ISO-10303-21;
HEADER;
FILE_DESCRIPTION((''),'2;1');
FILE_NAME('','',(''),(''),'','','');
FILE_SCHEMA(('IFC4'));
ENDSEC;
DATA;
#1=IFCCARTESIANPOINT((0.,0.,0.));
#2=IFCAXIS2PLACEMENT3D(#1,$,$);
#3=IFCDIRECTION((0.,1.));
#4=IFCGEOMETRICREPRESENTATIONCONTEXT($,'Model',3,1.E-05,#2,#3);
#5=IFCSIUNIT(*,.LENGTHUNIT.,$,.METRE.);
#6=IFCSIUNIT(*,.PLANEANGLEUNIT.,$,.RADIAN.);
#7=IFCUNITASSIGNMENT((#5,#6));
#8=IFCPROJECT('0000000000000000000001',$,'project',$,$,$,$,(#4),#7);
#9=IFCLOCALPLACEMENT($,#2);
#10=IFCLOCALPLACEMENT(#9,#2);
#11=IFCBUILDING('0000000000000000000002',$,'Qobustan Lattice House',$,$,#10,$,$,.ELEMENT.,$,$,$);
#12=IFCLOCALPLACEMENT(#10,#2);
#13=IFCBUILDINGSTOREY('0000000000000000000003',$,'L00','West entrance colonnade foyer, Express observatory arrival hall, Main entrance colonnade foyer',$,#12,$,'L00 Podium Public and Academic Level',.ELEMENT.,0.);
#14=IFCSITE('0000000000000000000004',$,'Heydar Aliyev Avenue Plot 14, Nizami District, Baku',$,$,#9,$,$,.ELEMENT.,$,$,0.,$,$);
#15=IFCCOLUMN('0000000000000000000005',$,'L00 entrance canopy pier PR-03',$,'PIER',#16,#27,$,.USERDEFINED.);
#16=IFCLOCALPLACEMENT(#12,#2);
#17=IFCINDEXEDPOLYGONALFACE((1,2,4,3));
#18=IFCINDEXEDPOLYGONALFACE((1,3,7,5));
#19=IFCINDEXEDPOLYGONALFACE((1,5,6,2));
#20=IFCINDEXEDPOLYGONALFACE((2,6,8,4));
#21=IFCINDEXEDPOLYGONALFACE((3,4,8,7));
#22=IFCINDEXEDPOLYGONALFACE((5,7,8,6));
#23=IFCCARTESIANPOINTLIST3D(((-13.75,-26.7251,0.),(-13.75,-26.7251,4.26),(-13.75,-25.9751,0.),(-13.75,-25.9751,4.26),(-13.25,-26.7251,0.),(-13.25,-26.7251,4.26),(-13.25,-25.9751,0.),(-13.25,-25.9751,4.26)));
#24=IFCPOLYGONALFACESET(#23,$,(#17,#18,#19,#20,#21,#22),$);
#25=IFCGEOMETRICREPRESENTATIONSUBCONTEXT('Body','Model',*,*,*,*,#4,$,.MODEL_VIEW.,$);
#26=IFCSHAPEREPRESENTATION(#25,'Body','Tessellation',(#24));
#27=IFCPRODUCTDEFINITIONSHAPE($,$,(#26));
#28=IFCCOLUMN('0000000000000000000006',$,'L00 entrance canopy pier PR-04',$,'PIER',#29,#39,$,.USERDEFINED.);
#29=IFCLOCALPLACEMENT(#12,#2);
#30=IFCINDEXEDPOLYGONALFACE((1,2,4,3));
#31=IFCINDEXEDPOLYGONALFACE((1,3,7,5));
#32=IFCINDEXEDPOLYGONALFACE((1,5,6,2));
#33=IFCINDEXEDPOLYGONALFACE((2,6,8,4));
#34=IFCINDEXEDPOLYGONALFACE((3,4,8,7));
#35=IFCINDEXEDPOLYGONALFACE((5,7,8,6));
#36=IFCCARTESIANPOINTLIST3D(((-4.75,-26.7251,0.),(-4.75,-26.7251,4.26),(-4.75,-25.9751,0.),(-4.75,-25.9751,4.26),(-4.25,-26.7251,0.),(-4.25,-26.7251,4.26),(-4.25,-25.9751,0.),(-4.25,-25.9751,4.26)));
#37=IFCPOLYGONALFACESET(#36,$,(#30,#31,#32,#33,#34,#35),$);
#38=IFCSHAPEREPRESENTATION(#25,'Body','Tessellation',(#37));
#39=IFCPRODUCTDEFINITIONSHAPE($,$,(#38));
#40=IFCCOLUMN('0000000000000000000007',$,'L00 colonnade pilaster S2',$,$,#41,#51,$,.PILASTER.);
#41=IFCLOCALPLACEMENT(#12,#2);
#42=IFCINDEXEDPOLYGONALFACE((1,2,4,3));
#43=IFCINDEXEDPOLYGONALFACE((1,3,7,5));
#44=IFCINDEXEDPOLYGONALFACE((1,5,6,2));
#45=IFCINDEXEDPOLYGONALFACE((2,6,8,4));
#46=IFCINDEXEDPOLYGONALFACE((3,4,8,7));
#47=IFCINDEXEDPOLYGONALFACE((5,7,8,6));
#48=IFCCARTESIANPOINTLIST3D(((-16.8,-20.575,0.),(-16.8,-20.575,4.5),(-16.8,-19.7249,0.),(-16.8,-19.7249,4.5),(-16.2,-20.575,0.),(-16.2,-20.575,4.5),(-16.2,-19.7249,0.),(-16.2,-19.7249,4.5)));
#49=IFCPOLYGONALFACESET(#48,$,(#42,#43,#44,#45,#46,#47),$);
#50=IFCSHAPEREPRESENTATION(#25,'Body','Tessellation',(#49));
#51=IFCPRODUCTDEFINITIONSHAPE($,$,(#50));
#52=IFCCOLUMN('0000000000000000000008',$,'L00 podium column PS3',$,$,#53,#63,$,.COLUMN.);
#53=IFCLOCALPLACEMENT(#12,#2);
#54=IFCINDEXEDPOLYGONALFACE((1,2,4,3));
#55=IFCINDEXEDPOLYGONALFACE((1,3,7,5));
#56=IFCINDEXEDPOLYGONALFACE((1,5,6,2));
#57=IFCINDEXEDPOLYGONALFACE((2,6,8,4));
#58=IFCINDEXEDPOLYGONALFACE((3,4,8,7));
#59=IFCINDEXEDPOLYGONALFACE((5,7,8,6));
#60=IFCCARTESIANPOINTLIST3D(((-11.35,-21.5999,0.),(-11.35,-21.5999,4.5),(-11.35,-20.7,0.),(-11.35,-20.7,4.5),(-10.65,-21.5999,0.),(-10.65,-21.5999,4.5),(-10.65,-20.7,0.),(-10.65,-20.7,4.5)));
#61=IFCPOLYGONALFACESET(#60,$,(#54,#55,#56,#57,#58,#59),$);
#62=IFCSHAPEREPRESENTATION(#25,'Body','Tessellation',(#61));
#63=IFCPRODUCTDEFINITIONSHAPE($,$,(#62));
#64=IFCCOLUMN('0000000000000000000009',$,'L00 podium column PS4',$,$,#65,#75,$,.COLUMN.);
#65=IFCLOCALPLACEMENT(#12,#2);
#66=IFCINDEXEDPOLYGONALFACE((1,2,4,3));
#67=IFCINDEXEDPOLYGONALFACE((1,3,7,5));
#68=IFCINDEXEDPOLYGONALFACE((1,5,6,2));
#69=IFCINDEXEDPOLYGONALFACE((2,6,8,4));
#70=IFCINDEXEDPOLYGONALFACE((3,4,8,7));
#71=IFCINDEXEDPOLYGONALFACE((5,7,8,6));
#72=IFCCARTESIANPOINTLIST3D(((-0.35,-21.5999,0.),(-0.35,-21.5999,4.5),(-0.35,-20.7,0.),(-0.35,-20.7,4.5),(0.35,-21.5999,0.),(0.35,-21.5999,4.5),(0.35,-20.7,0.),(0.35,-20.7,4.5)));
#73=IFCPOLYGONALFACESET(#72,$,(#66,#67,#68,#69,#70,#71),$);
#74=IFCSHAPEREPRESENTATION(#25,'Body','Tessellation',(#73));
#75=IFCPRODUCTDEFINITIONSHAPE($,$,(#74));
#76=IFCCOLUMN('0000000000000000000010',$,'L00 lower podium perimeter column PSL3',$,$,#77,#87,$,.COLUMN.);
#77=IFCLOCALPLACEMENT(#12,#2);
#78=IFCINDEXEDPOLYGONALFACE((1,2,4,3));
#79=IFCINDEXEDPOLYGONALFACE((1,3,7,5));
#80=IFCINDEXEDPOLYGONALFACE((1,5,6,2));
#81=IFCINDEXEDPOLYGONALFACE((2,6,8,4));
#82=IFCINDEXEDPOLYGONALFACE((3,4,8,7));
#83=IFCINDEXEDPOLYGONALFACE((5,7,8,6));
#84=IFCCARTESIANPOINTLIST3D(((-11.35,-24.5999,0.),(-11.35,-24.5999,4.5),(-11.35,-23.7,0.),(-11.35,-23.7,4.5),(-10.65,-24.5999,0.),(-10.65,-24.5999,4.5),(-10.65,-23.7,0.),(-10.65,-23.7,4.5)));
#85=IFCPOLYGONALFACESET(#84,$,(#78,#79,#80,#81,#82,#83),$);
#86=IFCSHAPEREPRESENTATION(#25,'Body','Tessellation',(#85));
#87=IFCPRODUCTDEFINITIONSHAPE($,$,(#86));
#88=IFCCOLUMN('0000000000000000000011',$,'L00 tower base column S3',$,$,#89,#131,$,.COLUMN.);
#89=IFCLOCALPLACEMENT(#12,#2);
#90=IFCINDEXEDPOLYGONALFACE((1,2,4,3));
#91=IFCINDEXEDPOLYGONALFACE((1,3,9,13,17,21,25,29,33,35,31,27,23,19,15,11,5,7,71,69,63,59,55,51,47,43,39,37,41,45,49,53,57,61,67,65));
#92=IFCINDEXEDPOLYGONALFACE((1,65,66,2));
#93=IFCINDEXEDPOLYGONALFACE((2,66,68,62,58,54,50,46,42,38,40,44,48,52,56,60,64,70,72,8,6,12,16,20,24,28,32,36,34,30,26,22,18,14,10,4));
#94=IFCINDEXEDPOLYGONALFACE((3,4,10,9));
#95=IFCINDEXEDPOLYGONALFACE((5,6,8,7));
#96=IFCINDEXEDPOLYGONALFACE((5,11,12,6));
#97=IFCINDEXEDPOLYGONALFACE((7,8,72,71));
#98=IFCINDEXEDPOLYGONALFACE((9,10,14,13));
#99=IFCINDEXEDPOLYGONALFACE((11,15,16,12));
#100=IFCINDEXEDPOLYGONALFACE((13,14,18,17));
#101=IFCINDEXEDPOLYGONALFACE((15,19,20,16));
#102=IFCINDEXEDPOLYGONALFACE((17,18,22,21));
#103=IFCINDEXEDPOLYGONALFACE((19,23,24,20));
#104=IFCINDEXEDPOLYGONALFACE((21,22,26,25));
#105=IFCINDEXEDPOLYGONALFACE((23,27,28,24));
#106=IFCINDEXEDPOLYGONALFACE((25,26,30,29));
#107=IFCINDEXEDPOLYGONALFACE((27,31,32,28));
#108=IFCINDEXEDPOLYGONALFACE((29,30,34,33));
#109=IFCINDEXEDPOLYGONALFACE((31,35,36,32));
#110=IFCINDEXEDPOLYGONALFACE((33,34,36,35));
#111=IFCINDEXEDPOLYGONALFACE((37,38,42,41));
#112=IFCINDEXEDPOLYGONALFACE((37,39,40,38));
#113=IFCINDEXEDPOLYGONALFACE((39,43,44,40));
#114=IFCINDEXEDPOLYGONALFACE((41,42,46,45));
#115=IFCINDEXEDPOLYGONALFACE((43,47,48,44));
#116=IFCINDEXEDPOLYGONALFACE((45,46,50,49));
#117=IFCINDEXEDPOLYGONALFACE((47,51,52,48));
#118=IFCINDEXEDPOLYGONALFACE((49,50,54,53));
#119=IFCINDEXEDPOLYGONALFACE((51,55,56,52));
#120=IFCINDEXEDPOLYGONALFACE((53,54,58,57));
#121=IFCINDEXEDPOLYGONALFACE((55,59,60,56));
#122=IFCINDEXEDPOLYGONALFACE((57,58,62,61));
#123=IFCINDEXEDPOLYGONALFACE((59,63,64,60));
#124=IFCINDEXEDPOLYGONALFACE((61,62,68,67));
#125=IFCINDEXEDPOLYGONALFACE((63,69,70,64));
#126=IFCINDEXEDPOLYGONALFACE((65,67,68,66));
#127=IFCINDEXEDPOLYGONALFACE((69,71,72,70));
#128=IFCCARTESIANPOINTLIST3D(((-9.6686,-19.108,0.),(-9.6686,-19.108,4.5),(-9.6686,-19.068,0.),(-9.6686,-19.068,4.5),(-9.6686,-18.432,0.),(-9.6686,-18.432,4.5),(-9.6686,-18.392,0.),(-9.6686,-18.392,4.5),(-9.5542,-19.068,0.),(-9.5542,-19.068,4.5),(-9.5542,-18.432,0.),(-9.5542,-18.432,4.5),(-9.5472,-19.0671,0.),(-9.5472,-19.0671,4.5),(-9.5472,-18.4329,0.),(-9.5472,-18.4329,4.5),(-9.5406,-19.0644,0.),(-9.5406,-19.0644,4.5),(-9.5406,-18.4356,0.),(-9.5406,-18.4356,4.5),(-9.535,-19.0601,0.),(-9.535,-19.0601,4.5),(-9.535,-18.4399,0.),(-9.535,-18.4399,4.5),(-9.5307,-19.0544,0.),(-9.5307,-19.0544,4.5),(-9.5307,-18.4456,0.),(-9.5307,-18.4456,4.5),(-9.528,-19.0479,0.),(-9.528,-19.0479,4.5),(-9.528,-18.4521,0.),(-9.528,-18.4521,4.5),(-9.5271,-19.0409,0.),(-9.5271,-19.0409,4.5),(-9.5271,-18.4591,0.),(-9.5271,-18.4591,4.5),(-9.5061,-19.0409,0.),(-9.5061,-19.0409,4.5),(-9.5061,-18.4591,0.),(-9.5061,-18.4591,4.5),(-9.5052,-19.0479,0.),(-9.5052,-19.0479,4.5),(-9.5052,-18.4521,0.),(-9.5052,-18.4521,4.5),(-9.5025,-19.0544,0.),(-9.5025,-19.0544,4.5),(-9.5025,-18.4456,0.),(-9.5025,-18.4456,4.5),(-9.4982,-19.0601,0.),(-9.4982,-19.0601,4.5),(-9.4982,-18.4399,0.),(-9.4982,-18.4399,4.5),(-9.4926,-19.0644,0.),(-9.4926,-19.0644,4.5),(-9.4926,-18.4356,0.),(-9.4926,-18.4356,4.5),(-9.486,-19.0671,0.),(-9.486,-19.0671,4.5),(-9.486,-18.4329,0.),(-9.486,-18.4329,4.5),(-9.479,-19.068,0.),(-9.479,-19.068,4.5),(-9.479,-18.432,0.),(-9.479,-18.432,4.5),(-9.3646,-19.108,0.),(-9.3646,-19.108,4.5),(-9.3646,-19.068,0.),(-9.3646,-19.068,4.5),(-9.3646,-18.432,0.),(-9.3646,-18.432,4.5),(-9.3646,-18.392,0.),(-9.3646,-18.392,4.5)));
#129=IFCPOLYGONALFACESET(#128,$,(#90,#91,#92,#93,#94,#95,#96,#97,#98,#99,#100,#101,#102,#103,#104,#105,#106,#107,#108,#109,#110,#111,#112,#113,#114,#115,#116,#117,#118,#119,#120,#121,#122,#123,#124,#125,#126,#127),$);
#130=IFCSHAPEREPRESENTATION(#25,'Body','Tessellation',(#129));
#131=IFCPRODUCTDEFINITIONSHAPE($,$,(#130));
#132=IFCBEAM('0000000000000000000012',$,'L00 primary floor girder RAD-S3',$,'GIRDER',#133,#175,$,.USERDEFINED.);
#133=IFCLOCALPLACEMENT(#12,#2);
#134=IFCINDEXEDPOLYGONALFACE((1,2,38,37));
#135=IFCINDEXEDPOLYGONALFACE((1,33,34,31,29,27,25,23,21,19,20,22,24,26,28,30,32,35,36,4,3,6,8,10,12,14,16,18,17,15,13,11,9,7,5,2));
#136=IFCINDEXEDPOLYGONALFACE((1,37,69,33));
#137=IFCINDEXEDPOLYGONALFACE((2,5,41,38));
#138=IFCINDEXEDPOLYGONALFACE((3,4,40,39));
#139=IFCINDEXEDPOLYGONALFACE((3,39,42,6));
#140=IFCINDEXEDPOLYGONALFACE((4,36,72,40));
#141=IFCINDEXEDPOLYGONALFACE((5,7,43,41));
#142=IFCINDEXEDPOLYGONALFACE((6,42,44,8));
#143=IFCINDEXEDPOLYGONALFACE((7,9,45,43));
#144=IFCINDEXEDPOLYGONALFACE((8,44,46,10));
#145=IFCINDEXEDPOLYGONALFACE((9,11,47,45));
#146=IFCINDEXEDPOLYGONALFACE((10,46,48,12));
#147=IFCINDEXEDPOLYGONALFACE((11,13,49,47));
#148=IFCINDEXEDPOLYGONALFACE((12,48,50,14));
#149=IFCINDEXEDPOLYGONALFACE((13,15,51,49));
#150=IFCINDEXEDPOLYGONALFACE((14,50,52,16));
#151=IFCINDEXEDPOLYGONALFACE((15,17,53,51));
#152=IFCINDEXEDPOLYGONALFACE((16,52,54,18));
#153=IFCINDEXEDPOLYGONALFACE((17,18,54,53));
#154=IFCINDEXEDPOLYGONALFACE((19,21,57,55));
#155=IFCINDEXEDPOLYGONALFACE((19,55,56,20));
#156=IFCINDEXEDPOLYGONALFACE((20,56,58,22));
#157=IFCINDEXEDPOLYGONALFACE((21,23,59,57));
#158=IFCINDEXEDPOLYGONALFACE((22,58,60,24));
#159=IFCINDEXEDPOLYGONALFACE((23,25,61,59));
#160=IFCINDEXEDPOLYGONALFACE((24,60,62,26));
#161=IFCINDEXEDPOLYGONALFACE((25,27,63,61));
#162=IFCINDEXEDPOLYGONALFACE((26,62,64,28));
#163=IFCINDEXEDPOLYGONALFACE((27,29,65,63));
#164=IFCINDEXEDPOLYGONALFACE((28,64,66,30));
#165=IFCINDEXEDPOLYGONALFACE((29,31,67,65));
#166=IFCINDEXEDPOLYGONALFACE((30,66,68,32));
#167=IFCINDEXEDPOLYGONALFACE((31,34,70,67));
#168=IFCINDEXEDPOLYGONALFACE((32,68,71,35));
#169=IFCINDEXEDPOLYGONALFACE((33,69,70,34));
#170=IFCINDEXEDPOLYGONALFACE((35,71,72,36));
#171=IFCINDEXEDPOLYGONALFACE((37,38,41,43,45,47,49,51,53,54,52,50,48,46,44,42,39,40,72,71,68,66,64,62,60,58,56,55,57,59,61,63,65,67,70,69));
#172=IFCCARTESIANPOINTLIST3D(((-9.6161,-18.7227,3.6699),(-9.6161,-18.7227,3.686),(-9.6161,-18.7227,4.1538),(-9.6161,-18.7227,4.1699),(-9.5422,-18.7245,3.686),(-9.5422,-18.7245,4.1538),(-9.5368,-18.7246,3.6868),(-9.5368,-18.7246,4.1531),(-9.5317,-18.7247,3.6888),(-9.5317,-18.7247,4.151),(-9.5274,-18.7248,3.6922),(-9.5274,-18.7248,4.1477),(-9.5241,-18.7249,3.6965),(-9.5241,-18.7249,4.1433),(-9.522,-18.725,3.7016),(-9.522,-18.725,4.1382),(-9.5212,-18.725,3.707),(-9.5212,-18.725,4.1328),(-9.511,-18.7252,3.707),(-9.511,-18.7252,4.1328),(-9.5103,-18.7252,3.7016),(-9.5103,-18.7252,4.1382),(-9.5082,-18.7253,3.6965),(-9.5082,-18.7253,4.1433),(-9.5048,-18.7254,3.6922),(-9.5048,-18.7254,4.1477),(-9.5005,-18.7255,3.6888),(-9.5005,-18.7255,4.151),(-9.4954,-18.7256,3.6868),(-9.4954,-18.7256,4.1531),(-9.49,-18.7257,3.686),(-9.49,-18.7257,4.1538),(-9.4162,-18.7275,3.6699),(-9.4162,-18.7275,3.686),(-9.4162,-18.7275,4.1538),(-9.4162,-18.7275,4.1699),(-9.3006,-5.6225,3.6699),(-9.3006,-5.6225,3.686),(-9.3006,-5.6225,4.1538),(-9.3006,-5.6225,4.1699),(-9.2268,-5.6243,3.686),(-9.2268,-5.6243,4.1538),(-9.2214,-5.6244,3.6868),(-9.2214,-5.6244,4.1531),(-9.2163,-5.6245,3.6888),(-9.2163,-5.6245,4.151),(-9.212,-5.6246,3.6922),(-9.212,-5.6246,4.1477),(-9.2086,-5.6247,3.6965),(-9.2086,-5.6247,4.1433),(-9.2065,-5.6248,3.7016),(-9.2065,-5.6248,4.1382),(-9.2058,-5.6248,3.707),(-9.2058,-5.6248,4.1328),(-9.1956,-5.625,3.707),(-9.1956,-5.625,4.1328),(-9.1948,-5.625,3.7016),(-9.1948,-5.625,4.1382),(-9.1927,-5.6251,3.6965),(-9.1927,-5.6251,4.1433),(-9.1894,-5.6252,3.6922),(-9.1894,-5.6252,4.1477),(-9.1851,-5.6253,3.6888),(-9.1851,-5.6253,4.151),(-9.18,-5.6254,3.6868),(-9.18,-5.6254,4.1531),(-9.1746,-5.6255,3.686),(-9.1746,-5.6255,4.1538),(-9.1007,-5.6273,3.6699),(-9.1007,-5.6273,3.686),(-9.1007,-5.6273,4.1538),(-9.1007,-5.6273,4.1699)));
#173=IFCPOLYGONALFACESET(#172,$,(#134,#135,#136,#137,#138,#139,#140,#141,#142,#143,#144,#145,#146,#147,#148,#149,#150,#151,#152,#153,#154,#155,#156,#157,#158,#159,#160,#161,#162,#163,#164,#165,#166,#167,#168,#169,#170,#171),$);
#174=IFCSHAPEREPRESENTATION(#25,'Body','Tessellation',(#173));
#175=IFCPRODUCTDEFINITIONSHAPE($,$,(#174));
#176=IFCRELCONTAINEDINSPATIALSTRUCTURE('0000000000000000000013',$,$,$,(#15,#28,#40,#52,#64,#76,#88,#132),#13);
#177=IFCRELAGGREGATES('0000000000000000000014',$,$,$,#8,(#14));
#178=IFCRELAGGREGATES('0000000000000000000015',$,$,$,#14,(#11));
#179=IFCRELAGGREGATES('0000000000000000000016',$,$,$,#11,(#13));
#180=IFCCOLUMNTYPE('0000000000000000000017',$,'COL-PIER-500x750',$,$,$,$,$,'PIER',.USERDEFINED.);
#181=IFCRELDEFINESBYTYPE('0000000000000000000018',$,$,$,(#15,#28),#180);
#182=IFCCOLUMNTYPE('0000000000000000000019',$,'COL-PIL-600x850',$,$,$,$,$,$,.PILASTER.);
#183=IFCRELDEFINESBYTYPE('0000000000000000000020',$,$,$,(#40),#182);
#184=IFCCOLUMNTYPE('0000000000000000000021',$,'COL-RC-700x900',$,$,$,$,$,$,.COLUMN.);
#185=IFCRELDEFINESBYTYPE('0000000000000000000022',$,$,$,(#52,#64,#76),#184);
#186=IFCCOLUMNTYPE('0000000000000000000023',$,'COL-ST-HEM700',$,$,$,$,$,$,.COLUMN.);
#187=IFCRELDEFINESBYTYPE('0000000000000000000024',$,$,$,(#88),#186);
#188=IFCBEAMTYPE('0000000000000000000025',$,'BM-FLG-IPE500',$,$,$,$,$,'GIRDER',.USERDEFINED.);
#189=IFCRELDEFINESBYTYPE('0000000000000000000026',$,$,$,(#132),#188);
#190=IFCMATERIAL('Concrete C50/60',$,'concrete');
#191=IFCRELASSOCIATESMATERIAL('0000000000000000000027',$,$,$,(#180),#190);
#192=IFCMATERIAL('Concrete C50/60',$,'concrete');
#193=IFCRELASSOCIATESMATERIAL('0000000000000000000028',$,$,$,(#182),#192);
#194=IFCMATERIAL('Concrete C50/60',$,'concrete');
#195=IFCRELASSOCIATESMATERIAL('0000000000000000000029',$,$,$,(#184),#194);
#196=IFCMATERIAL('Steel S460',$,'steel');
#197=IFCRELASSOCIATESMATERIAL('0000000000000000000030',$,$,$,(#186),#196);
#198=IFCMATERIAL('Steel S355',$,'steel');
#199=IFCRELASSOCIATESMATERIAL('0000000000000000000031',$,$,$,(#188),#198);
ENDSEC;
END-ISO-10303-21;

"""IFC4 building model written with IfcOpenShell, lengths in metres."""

from ifc_helpers import new_model, si_unit, direction, frame, origin, origin_2d, place, context, subcontext, project, spatial, rectangle, i_section, extrude, material, material_profile, profile_set, type_object, element, save


model = new_model("IFC4")

# Units and contexts
model_context = context("Model", 3, precision=1e-05, world=origin(), true_north=direction((0.0, 1.0)))
body_context = subcontext(model_context, "Body", "Model", "MODEL_VIEW")
ifc_project = project(units=[si_unit("LENGTHUNIT", "METRE"), si_unit("PLANEANGLEUNIT", "RADIAN")], contexts=[model_context])

# Site, building, storey
site_placement = place(None, origin())
site = spatial("IfcSite", under=ifc_project, at=site_placement, Name="Heydar Aliyev Avenue Plot 14, Nizami District, Baku", CompositionType="ELEMENT", RefElevation=0.0)
building_placement = place(site_placement, origin())
building = spatial("IfcBuilding", under=site, at=building_placement, Name="Qobustan Lattice House", CompositionType="ELEMENT")
storey_placement = place(building_placement, origin())
storey = spatial("IfcBuildingStorey", under=building, at=storey_placement, Name="L00", Description="West entrance colonnade foyer, Express observatory arrival hall, Main entrance colonnade foyer", LongName="L00 Podium Public and Academic Level", CompositionType="ELEMENT", Elevation=0.0)

# Columns
ifc_material_1 = material(Name="Concrete C50/60", Category="concrete")
ifc_material_profile_1 = material_profile(ifc_material_1, rectangle(XDim=0.5, YDim=0.75, at=origin_2d()), Name="RC500x750")
ifc_profile_set_1 = profile_set([ifc_material_profile_1], Name="Concrete C50/60")
column_type_1 = type_object("IfcColumnType", Name="COL-PIER-500x750", ElementType="PIER", PredefinedType="USERDEFINED", material=ifc_profile_set_1)
for number, where, z_axis, x_axis, name in (
    (1, (-13.5, -26.3501, 0.0), (0.0, 0.0, 1.0), (1.0, 0.0, 0.0), "L00 entrance canopy pier PR-03"),
    (2, (-4.5, -26.3501, 0.0), (0.0, 0.0, 1.0), (1.0, 0.0, 0.0), "L00 entrance canopy pier PR-04"),
):
    element("IfcColumn", number, at=place(storey_placement, frame(where, z_axis=z_axis, x_axis=x_axis)), inside=storey, type_object=column_type_1, Name=name, ObjectType="PIER", PredefinedType="USERDEFINED", context=body_context, shape_type="SweptSolid", body=[
        extrude(rectangle(XDim=0.5, YDim=0.75, at=origin_2d()), origin(), (0.0, 0.0, 1.0), 4.26),
    ])
ifc_material_2 = material(Name="Concrete C50/60", Category="concrete")
ifc_material_profile_2 = material_profile(ifc_material_2, rectangle(XDim=0.6001, YDim=0.8501, at=origin_2d()), Name="RC600x850")
ifc_profile_set_2 = profile_set([ifc_material_profile_2], Name="Concrete C50/60")
column_type_2 = type_object("IfcColumnType", Name="COL-PIL-600x850", PredefinedType="PILASTER", material=ifc_profile_set_2)
column_1_placement = place(storey_placement, frame((-16.5, -20.1499, 0.0), z_axis=(0.0, 0.0, 1.0), x_axis=(1.0, 0.0, 0.0)))
element("IfcColumn", 3, at=column_1_placement, inside=storey, type_object=column_type_2, Name="L00 colonnade pilaster S2", PredefinedType="PILASTER", context=body_context, shape_type="SweptSolid", body=[
    extrude(rectangle(XDim=0.6001, YDim=0.8501, at=origin_2d()), origin(), (0.0, 0.0, 1.0), 4.5),
])
ifc_material_3 = material(Name="Concrete C50/60", Category="concrete")
ifc_material_profile_3 = material_profile(ifc_material_3, rectangle(XDim=0.7, YDim=0.8999, at=origin_2d()), Name="RC700x900")
ifc_profile_set_3 = profile_set([ifc_material_profile_3], Name="Concrete C50/60")
column_type_3 = type_object("IfcColumnType", Name="COL-RC-700x900", PredefinedType="COLUMN", material=ifc_profile_set_3)
for number, where, z_axis, x_axis, name in (
    (4, (-11.0, -21.1499, 0.0), (0.0, 0.0, 1.0), (1.0, 0.0, 0.0), "L00 podium column PS3"),
    (5, (0.0, -21.1499, 0.0), (0.0, 0.0, 1.0), (1.0, 0.0, 0.0), "L00 podium column PS4"),
    (6, (-11.0, -24.1499, 0.0), (0.0, 0.0, 1.0), (1.0, 0.0, 0.0), "L00 lower podium perimeter column PSL3"),
):
    element("IfcColumn", number, at=place(storey_placement, frame(where, z_axis=z_axis, x_axis=x_axis)), inside=storey, type_object=column_type_3, Name=name, PredefinedType="COLUMN", context=body_context, shape_type="SweptSolid", body=[
        extrude(rectangle(XDim=0.7, YDim=0.8999, at=origin_2d()), origin(), (0.0, 0.0, 1.0), 4.5),
    ])
ifc_material_4 = material(Name="Steel S460", Category="steel")
ifc_material_profile_4 = material_profile(ifc_material_4, i_section(OverallWidth=0.304, OverallDepth=0.7161, WebThickness=0.021, FlangeThickness=0.04, FilletRadius=0.0271, at=origin_2d()), Name="HEM700")
ifc_profile_set_4 = profile_set([ifc_material_profile_4], Name="Steel S460")
column_type_4 = type_object("IfcColumnType", Name="COL-ST-HEM700", PredefinedType="COLUMN", material=ifc_profile_set_4)
column_2_placement = place(storey_placement, frame((-9.5166, -18.75, 0.0), z_axis=(0.0, 0.0, 1.0), x_axis=(1.0, 0.0, 0.0)))
element("IfcColumn", 7, at=column_2_placement, inside=storey, type_object=column_type_4, Name="L00 tower base column S3", PredefinedType="COLUMN", context=body_context, shape_type="SweptSolid", body=[
    extrude(i_section(OverallWidth=0.304, OverallDepth=0.7161, WebThickness=0.021, FlangeThickness=0.04, FilletRadius=0.0271, at=origin_2d()), origin(), (0.0, 0.0, 1.0), 4.5),
])

# Beam
ifc_material_5 = material(Name="Steel S355", Category="steel")
ifc_material_profile_5 = material_profile(ifc_material_5, i_section(OverallWidth=0.2, OverallDepth=0.5, WebThickness=0.0103, FlangeThickness=0.0161, FilletRadius=0.021, at=origin_2d()), Name="IPE500")
ifc_profile_set_5 = profile_set([ifc_material_profile_5], Name="Steel S355")
beam_type_1 = type_object("IfcBeamType", Name="BM-FLG-IPE500", ElementType="GIRDER", PredefinedType="USERDEFINED", material=ifc_profile_set_5)
beam_1_placement = place(storey_placement, frame((-9.5161, -18.7251, 3.9199), z_axis=(0.024071, 0.99971, 0.0), x_axis=(-0.99971, 0.024071, 0.0)))
element("IfcBeam", 8, at=beam_1_placement, inside=storey, type_object=beam_type_1, Name="L00 primary floor girder RAD-S3", ObjectType="GIRDER", PredefinedType="USERDEFINED", context=body_context, shape_type="SweptSolid", body=[
    extrude(i_section(OverallWidth=0.2, OverallDepth=0.5, WebThickness=0.0103, FlangeThickness=0.0161, FilletRadius=0.021, at=origin_2d()), origin(), (0.0, 0.0, 1.0), 13.104),
])

save(model, "model.ifc")
